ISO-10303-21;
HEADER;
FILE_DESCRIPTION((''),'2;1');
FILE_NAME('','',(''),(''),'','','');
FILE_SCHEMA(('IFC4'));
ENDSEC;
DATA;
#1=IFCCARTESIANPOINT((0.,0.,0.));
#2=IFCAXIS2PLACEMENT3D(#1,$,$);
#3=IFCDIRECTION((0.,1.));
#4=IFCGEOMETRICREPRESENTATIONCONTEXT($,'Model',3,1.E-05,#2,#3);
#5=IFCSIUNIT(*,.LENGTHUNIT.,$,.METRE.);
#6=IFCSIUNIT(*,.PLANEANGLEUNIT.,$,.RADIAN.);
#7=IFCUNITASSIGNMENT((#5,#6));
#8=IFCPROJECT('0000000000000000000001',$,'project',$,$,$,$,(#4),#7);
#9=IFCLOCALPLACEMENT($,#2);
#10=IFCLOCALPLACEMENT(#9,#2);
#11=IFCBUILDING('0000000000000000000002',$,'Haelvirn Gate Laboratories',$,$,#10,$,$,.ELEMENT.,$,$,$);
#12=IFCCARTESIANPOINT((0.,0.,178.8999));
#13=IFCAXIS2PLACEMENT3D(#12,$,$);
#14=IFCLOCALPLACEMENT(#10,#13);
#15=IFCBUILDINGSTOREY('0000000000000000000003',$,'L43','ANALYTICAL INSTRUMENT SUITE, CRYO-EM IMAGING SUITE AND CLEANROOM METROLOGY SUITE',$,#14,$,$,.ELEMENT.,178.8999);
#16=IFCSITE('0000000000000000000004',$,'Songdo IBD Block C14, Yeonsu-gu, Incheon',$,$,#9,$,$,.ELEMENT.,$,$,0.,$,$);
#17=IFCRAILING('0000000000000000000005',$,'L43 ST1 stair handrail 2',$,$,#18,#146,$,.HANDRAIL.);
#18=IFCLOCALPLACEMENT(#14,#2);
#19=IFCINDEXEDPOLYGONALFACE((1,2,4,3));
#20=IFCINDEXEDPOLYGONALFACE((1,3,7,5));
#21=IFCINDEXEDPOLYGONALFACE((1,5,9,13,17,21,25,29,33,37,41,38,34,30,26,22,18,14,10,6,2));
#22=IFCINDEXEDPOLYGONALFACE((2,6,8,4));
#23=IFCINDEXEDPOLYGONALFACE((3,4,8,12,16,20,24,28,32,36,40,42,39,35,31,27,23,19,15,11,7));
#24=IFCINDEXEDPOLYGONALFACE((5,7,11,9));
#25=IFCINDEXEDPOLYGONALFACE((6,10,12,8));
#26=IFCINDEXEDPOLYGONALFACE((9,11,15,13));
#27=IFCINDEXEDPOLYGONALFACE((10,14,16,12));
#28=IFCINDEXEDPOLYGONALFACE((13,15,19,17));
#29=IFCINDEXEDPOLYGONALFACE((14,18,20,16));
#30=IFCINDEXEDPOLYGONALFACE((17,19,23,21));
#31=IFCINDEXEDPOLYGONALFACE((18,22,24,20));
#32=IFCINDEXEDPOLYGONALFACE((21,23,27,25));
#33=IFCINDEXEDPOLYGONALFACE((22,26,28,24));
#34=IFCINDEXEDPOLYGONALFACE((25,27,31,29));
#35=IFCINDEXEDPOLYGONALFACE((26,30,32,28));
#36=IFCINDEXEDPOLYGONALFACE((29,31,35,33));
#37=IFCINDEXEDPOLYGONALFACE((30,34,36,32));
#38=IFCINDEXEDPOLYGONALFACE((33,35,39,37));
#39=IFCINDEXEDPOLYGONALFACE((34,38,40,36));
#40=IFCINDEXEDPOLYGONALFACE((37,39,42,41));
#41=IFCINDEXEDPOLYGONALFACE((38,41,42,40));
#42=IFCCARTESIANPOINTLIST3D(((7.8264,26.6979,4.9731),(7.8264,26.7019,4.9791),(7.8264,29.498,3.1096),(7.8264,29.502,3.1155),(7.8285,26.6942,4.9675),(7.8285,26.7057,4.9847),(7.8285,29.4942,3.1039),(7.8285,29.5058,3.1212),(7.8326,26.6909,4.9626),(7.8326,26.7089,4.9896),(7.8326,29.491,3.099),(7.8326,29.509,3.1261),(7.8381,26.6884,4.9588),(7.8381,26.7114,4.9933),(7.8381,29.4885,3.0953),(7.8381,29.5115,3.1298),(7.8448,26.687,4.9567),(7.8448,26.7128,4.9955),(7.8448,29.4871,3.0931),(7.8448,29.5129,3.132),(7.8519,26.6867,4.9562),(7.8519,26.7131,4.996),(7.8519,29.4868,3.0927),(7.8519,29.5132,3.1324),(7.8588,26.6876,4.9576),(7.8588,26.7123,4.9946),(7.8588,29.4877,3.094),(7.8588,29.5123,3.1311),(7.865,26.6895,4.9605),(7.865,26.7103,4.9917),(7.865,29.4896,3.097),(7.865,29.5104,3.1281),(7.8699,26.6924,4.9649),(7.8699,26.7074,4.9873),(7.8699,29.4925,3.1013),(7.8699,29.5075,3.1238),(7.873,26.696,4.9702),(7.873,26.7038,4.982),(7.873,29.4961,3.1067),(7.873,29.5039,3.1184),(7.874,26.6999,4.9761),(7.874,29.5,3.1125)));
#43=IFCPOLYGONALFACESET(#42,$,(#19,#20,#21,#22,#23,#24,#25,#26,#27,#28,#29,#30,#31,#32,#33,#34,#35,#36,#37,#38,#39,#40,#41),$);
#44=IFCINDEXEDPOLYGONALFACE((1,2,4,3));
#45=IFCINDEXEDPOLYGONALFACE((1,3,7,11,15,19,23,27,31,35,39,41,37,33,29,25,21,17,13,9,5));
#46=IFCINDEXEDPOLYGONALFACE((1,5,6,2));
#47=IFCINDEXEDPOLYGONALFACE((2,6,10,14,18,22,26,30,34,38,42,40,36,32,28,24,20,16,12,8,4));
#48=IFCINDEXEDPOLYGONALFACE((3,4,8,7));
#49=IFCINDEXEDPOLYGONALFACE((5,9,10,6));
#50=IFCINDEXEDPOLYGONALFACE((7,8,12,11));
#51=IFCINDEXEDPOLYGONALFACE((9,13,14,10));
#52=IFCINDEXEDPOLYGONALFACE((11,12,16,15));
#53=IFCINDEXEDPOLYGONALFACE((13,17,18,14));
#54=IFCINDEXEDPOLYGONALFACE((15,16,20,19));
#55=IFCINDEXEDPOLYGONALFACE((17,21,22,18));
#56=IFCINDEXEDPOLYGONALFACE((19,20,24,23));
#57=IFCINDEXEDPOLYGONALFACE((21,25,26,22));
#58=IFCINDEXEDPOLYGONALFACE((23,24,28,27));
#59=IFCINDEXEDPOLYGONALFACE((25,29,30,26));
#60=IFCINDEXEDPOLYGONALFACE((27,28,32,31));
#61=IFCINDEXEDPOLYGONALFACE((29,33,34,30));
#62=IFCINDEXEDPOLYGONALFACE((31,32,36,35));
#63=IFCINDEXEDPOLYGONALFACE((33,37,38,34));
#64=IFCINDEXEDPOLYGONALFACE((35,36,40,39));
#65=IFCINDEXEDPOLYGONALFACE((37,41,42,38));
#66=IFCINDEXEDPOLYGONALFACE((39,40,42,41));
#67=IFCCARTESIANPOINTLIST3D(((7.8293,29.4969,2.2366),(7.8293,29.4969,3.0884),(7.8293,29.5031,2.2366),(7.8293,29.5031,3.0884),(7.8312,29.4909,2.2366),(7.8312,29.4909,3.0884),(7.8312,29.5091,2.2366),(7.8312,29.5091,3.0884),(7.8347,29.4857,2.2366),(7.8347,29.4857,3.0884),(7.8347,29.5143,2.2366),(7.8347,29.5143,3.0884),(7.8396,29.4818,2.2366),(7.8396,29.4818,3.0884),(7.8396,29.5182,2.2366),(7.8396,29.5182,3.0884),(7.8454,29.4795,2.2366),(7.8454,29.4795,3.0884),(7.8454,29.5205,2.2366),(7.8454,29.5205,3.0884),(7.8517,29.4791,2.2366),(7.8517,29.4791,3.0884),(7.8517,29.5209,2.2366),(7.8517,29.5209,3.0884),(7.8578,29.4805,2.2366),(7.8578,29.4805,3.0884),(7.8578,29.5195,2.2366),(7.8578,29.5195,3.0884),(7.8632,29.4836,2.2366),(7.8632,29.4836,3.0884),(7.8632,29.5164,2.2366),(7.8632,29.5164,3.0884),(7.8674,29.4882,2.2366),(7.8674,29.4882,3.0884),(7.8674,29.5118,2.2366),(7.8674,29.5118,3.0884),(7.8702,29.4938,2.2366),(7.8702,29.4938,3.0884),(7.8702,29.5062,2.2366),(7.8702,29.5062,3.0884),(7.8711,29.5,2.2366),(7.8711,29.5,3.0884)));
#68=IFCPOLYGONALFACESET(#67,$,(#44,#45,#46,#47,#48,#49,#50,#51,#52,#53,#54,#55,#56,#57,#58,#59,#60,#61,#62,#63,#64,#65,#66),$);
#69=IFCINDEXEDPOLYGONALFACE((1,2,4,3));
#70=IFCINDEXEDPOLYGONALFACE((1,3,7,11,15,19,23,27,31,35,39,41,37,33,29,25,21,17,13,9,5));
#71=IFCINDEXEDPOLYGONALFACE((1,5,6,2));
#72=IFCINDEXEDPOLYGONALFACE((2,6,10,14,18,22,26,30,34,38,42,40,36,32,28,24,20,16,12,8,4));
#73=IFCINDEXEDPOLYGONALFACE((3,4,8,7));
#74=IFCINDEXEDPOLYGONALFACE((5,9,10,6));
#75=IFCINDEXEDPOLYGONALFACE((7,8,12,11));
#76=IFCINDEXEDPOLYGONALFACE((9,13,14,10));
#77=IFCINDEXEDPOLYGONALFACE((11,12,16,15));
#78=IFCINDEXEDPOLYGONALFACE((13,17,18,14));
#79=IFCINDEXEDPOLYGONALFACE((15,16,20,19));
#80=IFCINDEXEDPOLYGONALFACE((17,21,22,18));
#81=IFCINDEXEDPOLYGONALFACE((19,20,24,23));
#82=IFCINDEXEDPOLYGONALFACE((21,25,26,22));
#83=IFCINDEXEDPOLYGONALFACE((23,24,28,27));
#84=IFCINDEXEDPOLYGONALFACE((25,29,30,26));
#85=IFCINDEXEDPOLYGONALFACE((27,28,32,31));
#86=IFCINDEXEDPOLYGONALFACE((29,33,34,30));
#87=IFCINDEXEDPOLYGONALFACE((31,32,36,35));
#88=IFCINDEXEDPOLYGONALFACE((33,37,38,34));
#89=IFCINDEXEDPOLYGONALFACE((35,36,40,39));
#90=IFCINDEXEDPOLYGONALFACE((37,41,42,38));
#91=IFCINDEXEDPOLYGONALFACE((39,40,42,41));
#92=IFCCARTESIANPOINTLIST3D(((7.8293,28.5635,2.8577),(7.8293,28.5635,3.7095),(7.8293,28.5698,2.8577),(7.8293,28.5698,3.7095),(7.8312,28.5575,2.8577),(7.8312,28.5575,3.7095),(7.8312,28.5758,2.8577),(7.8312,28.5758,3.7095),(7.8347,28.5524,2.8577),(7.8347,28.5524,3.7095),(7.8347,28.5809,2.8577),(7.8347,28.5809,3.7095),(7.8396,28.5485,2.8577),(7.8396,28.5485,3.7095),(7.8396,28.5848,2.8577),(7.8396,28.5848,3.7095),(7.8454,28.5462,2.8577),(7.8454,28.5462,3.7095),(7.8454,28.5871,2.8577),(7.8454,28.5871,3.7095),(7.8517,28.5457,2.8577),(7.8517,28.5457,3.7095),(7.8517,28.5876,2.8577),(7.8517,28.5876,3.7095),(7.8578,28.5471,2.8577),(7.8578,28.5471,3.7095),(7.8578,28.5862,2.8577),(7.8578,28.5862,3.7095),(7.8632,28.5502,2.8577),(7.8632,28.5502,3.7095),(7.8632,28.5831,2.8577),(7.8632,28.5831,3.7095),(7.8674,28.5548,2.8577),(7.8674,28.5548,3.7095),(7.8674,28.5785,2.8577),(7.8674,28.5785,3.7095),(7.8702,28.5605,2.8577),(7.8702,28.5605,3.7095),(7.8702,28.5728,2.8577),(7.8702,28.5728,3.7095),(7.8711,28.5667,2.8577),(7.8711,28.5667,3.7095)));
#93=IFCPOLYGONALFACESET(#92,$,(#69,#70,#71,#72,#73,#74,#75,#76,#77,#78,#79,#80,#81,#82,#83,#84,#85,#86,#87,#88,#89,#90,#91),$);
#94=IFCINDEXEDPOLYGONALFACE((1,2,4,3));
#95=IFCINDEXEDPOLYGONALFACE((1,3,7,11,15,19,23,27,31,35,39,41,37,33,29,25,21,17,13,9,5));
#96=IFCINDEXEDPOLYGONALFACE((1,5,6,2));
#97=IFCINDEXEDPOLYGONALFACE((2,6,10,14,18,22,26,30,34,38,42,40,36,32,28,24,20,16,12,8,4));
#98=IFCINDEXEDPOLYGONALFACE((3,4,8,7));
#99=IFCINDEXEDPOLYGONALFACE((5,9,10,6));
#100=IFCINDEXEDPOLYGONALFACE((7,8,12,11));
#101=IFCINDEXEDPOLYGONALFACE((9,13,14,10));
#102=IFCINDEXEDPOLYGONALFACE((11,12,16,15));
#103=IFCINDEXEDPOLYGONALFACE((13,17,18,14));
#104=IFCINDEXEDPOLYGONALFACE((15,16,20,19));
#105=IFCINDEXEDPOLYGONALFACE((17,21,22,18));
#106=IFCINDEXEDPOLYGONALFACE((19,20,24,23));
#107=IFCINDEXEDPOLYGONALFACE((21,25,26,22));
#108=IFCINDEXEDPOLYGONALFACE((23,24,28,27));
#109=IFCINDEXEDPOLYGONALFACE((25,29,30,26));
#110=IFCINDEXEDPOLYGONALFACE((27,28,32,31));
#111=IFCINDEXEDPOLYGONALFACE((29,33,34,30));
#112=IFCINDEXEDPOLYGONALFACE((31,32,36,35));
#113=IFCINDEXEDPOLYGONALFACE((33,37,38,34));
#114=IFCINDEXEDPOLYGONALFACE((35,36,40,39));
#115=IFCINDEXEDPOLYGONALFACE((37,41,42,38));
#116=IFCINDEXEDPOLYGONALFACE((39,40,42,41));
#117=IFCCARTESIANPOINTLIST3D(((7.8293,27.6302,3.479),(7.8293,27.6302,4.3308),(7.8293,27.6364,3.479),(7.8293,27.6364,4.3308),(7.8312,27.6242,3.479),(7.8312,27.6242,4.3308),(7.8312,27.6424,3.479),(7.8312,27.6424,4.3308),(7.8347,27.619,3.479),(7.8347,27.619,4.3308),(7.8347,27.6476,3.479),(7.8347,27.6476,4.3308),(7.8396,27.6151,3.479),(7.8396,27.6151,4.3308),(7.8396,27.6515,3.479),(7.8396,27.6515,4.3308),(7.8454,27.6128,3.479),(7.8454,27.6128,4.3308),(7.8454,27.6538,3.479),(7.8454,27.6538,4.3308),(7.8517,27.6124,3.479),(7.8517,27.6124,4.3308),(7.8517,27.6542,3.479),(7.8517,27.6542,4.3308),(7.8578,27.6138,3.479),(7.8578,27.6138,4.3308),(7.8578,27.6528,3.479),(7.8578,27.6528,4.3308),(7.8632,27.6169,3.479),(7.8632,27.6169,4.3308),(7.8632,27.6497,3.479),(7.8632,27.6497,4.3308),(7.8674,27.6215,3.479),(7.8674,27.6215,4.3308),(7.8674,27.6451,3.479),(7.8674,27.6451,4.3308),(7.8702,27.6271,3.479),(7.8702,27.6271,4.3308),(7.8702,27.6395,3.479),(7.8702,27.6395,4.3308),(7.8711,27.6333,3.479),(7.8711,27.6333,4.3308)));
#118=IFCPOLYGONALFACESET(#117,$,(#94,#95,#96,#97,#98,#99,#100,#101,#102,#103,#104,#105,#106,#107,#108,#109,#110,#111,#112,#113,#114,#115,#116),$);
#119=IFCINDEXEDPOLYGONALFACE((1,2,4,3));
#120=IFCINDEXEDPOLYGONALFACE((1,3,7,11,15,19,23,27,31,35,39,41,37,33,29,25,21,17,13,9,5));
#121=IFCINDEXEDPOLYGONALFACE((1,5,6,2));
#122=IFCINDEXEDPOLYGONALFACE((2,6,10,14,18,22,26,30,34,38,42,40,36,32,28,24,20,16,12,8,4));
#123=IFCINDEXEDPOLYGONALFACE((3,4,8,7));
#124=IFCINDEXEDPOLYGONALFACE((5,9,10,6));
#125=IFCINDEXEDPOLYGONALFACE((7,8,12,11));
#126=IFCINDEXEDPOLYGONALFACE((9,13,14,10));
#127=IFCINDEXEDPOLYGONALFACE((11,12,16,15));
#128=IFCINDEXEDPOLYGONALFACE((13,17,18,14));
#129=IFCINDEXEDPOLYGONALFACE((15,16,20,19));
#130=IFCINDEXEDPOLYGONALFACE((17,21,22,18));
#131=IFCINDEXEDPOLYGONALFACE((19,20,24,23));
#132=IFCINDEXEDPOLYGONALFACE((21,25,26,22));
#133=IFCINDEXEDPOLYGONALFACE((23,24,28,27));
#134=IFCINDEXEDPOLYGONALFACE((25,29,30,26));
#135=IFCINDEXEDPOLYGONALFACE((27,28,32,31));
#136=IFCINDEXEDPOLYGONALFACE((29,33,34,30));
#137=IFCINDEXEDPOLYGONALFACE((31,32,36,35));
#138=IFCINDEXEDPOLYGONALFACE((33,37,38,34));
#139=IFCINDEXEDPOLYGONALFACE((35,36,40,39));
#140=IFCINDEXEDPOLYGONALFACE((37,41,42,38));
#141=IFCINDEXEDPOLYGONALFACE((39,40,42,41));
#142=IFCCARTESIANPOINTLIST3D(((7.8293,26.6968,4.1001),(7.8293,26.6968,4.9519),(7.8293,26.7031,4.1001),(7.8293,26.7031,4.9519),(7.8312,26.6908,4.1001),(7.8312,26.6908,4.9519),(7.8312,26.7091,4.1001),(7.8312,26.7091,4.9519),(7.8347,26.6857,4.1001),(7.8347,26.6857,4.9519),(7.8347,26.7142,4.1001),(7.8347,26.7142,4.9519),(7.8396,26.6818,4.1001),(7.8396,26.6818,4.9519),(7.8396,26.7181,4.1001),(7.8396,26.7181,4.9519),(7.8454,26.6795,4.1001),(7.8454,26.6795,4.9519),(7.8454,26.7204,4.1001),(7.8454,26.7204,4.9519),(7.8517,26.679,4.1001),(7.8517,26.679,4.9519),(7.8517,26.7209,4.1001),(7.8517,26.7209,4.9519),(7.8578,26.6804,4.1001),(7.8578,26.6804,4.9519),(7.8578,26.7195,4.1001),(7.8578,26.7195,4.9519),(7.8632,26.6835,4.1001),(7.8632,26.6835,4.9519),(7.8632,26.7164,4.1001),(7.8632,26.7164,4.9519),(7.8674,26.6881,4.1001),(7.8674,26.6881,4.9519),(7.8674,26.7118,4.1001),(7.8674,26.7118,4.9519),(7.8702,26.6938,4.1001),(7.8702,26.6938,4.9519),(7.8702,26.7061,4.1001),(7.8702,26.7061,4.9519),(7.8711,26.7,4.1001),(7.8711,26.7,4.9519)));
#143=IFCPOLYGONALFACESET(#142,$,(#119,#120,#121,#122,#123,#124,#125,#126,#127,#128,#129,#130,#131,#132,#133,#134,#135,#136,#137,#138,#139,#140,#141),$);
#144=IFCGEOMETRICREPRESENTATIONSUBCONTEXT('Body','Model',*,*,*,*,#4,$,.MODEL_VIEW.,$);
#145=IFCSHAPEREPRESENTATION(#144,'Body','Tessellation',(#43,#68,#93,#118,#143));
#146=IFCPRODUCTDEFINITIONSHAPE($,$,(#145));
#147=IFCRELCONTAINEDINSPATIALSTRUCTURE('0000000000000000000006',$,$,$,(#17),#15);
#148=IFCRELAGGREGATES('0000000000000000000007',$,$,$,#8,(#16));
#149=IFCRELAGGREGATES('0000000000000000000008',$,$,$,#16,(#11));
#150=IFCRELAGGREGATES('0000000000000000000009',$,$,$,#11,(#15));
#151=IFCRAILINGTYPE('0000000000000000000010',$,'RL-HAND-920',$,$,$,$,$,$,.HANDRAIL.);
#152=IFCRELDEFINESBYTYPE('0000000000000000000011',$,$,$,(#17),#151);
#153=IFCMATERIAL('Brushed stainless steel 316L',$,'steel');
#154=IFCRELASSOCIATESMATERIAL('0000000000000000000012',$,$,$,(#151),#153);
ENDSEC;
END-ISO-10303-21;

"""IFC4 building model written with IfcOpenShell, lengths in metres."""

from ifc_helpers import new_model, si_unit, direction, frame, origin, origin_2d, place, context, subcontext, project, spatial, circle, extrude, source, transform, mapped, material, type_object, type_shapes, element, save


model = new_model("IFC4")

# Units and contexts
model_context = context("Model", 3, precision=1e-05, world=origin(), true_north=direction((0.0, 1.0)))
body_context = subcontext(model_context, "Body", "Model", "MODEL_VIEW")
ifc_project = project(units=[si_unit("LENGTHUNIT", "METRE"), si_unit("PLANEANGLEUNIT", "RADIAN")], contexts=[model_context])

# Site, building, storey
site_placement = place(None, origin())
site = spatial("IfcSite", under=ifc_project, at=site_placement, Name="Songdo IBD Block C14, Yeonsu-gu, Incheon", CompositionType="ELEMENT", RefElevation=0.0)
building_placement = place(site_placement, origin())
building = spatial("IfcBuilding", under=site, at=building_placement, Name="Haelvirn Gate Laboratories", CompositionType="ELEMENT")
storey_placement = place(building_placement, frame((0.0, 0.0, 178.8999)))
storey = spatial("IfcBuildingStorey", under=building, at=storey_placement, Name="L43", Description="ANALYTICAL INSTRUMENT SUITE, CRYO-EM IMAGING SUITE AND CLEANROOM METROLOGY SUITE", CompositionType="ELEMENT", Elevation=178.8999)

# Railing
ifc_material_1 = material(Name="Brushed stainless steel 316L", Category="steel")
railing_type_1 = type_object("IfcRailingType", Name="RL-HAND-920", PredefinedType="HANDRAIL", material=ifc_material_1)
shared_shape_1 = source(origin(), body_context, "Body", "SweptSolid", [
    extrude(circle(Radius=0.0239, at=origin_2d()), frame((0.0, 0.0, 0.876), z_axis=(0.0, -0.832486, 0.554047), x_axis=(1.0, 0.0, 0.0)), (0.0, 0.0, 1.0), 3.3635),
    extrude(circle(Radius=0.021, at=origin_2d()), origin(), (0.0, 0.0, 1.0), 0.8518),
    extrude(circle(Radius=0.021, at=origin_2d()), frame((0.0, -0.9333, 0.6211)), (0.0, 0.0, 1.0), 0.8518),
    extrude(circle(Radius=0.021, at=origin_2d()), frame((0.0, -1.8667, 1.2424)), (0.0, 0.0, 1.0), 0.8518),
    extrude(circle(Radius=0.021, at=origin_2d()), frame((0.0, -2.8, 1.8635)), (0.0, 0.0, 1.0), 0.8518),
])
type_shapes(railing_type_1, [shared_shape_1])
railing_1_placement = place(storey_placement, frame((7.8501, 29.5, 2.2366)))
element("IfcRailing", 1, at=railing_1_placement, inside=storey, type_object=railing_type_1, Name="L43 ST1 stair handrail 2", PredefinedType="HANDRAIL", context=body_context, shape_type="MappedRepresentation", body=[
    mapped(shared_shape_1, transform((0.0, 0.0, 0.0), scale=1.0)),
])

save(model, "model.ifc")
